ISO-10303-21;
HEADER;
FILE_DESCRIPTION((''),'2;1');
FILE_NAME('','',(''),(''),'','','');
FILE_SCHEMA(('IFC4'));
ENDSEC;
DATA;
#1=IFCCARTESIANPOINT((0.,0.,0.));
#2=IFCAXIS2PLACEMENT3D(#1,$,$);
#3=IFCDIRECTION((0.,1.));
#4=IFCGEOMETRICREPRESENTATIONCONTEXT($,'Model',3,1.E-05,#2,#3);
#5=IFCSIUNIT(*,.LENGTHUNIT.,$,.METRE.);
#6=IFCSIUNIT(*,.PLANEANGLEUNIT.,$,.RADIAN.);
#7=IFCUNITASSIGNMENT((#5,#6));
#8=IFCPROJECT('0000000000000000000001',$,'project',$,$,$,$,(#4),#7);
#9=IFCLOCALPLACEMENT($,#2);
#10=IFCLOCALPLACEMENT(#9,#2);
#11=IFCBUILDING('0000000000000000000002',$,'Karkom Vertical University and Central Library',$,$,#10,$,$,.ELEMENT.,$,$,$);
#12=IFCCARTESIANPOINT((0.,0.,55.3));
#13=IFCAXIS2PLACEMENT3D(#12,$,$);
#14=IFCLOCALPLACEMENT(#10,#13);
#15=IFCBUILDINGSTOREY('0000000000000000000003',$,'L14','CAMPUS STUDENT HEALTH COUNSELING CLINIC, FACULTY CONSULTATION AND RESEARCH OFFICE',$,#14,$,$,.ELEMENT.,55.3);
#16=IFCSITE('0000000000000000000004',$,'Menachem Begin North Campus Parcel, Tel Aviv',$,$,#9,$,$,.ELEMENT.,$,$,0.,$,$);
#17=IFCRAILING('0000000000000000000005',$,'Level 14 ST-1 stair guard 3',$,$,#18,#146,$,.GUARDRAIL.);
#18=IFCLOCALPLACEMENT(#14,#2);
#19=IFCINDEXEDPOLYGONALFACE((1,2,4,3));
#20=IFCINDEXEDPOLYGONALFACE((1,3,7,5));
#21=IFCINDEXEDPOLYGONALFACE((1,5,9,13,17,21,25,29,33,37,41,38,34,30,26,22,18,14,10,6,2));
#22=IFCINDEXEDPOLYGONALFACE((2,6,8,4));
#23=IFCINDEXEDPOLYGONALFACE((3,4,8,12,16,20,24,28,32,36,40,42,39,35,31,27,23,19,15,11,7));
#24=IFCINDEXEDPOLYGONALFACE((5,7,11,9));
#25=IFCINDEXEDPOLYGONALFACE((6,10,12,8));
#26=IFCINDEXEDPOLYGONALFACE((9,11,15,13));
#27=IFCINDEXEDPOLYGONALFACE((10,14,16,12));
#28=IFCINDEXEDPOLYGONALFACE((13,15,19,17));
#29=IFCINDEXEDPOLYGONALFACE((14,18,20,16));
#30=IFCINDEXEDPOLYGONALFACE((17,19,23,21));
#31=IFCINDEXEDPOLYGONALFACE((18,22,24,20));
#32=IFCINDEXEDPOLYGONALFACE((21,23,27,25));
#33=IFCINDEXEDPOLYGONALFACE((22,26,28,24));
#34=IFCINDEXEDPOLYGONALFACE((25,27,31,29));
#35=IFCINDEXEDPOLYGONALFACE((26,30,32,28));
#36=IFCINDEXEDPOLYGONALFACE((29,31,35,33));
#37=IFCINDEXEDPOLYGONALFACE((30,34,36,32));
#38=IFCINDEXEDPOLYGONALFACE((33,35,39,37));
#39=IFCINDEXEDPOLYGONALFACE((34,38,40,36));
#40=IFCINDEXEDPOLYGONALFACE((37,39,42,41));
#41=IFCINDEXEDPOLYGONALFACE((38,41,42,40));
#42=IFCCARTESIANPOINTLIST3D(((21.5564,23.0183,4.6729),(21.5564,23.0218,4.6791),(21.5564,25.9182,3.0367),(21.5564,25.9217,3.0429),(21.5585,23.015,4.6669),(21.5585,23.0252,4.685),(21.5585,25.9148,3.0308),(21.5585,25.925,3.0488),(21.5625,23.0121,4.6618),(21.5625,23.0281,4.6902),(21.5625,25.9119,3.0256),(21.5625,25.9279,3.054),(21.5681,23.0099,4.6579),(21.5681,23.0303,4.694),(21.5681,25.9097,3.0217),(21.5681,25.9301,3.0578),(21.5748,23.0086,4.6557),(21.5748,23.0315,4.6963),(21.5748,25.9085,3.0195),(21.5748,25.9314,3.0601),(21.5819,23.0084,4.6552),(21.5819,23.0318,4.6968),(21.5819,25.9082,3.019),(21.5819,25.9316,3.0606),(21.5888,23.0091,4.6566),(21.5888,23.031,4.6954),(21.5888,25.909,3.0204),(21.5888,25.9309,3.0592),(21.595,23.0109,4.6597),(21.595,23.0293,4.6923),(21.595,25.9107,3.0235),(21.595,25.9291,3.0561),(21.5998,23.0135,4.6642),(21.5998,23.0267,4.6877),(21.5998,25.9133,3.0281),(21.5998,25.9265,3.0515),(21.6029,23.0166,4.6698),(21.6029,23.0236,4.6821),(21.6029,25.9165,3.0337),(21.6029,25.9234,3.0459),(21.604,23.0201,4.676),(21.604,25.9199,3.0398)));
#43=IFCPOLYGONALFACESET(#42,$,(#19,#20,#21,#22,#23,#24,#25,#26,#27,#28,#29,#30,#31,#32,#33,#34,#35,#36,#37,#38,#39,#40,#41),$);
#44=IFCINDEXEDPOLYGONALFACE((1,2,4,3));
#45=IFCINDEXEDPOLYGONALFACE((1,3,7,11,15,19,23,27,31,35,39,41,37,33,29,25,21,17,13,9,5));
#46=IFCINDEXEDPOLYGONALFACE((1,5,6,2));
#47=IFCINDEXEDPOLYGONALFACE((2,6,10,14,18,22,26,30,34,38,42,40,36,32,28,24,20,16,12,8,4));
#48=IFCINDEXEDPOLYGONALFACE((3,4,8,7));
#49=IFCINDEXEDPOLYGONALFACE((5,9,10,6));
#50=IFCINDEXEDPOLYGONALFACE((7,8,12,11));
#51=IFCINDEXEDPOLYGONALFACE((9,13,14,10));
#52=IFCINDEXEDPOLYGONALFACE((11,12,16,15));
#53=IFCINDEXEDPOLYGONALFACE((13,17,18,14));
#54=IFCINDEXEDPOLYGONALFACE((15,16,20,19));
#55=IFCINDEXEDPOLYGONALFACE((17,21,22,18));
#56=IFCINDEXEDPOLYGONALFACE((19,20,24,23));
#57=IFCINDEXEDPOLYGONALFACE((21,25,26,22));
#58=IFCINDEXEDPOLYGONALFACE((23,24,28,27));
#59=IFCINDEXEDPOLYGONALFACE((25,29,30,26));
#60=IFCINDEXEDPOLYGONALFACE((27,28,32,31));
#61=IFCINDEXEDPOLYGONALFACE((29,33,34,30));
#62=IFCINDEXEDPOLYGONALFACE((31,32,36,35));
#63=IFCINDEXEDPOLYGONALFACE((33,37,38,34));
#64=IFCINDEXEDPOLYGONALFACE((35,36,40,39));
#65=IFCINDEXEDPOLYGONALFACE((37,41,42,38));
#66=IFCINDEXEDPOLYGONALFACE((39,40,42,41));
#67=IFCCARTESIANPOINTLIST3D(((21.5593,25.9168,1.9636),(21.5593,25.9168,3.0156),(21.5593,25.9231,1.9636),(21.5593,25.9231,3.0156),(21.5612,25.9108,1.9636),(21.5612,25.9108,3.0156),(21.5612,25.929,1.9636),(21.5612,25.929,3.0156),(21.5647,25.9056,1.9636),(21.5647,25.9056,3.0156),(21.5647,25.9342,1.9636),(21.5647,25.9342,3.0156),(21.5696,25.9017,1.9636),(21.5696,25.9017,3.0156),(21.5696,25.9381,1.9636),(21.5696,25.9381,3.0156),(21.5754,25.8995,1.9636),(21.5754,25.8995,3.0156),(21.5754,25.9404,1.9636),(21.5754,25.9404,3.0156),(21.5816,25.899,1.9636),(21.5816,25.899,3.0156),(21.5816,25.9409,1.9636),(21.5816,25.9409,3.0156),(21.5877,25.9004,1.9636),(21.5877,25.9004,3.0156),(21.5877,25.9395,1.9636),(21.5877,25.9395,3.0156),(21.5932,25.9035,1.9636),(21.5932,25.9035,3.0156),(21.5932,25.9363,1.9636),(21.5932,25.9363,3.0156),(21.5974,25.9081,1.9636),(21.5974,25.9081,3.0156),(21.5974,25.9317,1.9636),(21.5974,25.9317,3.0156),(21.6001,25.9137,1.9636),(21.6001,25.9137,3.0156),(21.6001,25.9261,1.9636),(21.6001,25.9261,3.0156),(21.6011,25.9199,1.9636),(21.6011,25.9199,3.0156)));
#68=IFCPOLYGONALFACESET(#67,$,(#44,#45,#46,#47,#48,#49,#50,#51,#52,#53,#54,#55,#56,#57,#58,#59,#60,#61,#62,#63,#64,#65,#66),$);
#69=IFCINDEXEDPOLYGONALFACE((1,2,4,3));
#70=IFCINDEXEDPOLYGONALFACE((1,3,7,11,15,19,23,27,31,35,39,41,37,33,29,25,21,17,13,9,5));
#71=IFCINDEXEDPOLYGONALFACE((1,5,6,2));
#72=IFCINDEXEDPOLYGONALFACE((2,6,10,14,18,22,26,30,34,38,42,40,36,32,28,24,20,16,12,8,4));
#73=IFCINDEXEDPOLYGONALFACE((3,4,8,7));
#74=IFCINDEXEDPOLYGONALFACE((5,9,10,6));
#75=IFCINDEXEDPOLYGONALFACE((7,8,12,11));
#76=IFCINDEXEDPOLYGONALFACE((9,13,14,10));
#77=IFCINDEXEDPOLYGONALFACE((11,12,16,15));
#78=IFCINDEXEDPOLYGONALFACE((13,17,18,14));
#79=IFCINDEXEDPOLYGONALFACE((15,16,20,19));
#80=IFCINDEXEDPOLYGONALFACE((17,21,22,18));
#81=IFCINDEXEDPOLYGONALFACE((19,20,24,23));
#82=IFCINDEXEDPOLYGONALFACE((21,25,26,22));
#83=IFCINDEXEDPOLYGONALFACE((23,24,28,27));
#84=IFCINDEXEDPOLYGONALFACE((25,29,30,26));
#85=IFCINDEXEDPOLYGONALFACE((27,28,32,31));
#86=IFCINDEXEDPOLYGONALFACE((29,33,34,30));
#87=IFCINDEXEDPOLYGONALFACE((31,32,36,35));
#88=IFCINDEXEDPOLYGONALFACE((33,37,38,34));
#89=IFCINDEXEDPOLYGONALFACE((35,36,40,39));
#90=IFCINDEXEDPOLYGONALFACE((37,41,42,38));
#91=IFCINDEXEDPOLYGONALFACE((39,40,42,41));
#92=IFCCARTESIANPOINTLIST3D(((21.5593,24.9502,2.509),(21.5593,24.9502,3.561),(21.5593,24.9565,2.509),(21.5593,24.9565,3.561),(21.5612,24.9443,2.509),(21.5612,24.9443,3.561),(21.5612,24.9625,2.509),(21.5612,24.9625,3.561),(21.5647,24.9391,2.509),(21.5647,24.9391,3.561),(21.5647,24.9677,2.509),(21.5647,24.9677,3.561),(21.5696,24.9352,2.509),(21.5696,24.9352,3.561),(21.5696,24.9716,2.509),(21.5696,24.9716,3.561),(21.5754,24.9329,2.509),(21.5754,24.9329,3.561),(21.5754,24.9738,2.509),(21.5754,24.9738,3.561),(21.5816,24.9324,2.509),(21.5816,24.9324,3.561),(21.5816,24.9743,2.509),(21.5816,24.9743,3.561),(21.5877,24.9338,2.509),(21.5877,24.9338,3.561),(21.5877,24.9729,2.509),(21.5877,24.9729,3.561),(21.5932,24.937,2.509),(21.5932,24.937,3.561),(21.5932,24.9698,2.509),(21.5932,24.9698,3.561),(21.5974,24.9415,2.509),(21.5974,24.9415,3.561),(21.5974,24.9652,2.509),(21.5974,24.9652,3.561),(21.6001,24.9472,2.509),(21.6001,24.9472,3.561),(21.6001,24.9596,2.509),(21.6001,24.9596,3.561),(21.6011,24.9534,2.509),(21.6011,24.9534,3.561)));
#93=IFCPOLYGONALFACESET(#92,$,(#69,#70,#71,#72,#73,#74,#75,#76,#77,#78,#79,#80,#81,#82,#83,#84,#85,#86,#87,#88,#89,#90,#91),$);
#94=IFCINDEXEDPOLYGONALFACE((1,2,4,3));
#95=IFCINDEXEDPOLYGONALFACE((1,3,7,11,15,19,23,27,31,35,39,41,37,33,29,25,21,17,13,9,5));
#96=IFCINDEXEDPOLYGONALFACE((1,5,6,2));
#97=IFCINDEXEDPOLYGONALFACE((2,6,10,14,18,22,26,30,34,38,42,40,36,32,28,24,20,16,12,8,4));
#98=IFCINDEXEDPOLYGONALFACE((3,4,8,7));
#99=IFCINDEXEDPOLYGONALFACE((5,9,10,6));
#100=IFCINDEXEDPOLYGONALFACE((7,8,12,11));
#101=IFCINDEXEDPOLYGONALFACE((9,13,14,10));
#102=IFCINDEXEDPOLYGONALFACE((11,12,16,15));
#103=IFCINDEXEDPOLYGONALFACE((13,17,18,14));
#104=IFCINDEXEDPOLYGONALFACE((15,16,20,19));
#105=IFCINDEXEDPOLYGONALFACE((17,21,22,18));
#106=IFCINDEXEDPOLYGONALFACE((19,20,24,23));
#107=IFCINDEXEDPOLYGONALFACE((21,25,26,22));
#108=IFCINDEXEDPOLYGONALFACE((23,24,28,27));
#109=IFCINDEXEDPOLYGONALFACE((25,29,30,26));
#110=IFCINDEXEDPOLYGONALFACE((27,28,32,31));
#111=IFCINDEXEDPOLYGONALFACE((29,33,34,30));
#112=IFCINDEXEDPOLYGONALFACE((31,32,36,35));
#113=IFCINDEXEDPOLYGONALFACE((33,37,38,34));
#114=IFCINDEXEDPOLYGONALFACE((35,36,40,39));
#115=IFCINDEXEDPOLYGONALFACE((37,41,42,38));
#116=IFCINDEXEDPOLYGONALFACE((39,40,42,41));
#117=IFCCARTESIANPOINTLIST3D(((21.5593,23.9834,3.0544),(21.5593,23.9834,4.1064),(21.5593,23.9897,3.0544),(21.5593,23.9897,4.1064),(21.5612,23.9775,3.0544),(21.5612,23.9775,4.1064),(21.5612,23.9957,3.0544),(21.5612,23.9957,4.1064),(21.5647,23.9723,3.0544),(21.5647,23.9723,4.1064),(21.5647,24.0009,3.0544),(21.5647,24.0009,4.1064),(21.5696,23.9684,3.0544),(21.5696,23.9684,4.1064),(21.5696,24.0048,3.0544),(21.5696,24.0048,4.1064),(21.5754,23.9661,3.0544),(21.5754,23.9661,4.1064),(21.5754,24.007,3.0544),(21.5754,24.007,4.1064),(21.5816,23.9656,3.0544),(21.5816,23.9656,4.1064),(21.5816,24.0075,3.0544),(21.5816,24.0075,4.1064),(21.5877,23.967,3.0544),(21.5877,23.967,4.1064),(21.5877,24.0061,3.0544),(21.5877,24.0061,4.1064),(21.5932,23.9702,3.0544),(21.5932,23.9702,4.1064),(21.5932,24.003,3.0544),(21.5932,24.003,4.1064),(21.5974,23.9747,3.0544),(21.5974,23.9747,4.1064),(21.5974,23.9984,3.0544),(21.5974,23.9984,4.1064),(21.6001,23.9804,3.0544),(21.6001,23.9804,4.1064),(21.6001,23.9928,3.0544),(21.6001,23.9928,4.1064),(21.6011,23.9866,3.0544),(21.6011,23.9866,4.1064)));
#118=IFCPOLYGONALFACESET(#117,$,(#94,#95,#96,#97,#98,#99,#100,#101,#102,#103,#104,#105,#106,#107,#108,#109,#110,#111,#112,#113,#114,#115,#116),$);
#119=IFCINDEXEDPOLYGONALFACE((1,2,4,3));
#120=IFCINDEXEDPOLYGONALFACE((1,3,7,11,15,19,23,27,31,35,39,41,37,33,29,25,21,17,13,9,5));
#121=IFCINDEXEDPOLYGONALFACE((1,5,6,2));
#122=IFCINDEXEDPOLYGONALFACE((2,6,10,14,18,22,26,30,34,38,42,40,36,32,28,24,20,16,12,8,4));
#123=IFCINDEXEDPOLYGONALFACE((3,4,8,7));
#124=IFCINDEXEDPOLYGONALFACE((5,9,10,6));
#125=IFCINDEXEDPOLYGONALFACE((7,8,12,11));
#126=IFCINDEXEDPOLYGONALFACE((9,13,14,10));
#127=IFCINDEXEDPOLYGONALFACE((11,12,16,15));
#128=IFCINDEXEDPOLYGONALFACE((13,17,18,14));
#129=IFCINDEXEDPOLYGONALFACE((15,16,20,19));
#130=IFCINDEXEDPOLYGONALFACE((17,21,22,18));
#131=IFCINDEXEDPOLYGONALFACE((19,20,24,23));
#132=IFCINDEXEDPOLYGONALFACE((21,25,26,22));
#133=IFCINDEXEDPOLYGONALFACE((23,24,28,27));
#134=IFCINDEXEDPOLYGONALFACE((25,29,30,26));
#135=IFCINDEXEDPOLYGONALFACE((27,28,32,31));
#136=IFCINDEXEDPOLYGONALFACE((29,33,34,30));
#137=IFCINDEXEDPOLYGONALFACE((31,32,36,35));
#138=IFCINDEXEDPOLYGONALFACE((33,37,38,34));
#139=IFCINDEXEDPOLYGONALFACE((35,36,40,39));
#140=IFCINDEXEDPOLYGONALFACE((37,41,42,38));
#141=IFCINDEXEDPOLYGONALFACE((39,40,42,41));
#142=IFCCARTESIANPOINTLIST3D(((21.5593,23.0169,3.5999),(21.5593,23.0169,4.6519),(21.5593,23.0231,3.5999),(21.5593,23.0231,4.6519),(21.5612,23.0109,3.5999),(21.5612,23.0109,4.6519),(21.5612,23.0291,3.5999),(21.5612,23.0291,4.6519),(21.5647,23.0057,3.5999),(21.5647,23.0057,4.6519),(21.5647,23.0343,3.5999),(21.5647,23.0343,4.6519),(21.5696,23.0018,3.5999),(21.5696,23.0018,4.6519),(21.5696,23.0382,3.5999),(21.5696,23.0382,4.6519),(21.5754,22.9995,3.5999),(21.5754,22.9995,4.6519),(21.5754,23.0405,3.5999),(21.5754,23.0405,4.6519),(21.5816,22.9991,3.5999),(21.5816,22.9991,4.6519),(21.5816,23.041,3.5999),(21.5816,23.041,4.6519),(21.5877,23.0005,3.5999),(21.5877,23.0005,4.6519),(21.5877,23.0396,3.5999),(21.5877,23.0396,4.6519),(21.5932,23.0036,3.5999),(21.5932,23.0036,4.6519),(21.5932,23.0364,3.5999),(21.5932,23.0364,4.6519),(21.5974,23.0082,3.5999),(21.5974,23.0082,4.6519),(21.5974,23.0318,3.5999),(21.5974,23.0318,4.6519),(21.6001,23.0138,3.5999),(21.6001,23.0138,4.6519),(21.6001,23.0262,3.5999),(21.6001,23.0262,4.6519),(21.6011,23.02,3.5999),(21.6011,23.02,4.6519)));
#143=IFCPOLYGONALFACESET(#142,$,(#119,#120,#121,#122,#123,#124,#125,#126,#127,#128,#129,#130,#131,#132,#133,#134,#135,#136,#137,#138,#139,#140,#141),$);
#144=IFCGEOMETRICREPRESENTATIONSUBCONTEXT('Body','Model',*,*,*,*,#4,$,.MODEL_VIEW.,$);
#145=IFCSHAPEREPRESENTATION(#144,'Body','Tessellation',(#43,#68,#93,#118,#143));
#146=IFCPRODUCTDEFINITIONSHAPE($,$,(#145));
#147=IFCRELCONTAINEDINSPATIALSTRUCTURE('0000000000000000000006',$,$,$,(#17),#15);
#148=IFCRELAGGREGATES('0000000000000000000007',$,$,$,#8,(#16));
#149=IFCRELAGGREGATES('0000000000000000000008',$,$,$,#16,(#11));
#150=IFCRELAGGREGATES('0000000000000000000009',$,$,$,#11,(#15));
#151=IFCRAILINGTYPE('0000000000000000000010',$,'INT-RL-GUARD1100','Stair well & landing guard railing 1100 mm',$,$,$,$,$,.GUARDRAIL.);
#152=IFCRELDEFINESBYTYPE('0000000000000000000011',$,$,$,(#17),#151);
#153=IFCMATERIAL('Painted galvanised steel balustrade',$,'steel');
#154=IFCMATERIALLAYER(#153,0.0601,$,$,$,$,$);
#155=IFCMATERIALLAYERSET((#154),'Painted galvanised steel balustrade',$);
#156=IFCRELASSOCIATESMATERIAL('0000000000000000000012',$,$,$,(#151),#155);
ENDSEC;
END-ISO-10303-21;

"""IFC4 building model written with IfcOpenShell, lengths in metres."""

from ifc_helpers import new_model, si_unit, direction, frame, origin, origin_2d, place, context, subcontext, project, spatial, circle, extrude, material, layer, layer_set, type_object, element, save


model = new_model("IFC4")

# Units and contexts
model_context = context("Model", 3, precision=1e-05, world=origin(), true_north=direction((0.0, 1.0)))
body_context = subcontext(model_context, "Body", "Model", "MODEL_VIEW")
ifc_project = project(units=[si_unit("LENGTHUNIT", "METRE"), si_unit("PLANEANGLEUNIT", "RADIAN")], contexts=[model_context])

# Site, building, storey
site_placement = place(None, origin())
site = spatial("IfcSite", under=ifc_project, at=site_placement, Name="Menachem Begin North Campus Parcel, Tel Aviv", CompositionType="ELEMENT", RefElevation=0.0)
building_placement = place(site_placement, origin())
building = spatial("IfcBuilding", under=site, at=building_placement, Name="Karkom Vertical University and Central Library", CompositionType="ELEMENT")
storey_placement = place(building_placement, frame((0.0, 0.0, 55.3)))
storey = spatial("IfcBuildingStorey", under=building, at=storey_placement, Name="L14", Description="CAMPUS STUDENT HEALTH COUNSELING CLINIC, FACULTY CONSULTATION AND RESEARCH OFFICE", CompositionType="ELEMENT", Elevation=55.3)

# Railing
ifc_material_1 = material(Name="Painted galvanised steel balustrade", Category="steel")
ifc_layer_1 = layer(ifc_material_1, 0.0601)
ifc_layer_set_1 = layer_set([ifc_layer_1], Name="Painted galvanised steel balustrade")
railing_type_1 = type_object("IfcRailingType", Name="INT-RL-GUARD1100", Description="Stair well & landing guard railing 1100 mm", PredefinedType="GUARDRAIL", material=ifc_layer_set_1)
railing_1_placement = place(storey_placement, frame((21.5801, 25.9199, 1.9636)))
element("IfcRailing", 1, at=railing_1_placement, inside=storey, type_object=railing_type_1, Name="Level 14 ST-1 stair guard 3", PredefinedType="GUARDRAIL", context=body_context, shape_type="SweptSolid", body=[
    extrude(circle(Radius=0.0239, at=origin_2d()), frame((0.0, 0.0, 1.0762), z_axis=(0.0, -0.870929, 0.49141), x_axis=(1.0, 0.0, 0.0)), (0.0, 0.0, 1.0), 3.3296),
    extrude(circle(Radius=0.021, at=origin_2d()), origin(), (0.0, 0.0, 1.0), 1.052),
    extrude(circle(Radius=0.021, at=origin_2d()), frame((0.0, -0.9666, 0.5454)), (0.0, 0.0, 1.0), 1.052),
    extrude(circle(Radius=0.021, at=origin_2d()), frame((0.0, -1.9333, 1.0908)), (0.0, 0.0, 1.0), 1.052),
    extrude(circle(Radius=0.021, at=origin_2d()), frame((0.0, -2.8999, 1.6362)), (0.0, 0.0, 1.0), 1.052),
])

save(model, "model.ifc")
